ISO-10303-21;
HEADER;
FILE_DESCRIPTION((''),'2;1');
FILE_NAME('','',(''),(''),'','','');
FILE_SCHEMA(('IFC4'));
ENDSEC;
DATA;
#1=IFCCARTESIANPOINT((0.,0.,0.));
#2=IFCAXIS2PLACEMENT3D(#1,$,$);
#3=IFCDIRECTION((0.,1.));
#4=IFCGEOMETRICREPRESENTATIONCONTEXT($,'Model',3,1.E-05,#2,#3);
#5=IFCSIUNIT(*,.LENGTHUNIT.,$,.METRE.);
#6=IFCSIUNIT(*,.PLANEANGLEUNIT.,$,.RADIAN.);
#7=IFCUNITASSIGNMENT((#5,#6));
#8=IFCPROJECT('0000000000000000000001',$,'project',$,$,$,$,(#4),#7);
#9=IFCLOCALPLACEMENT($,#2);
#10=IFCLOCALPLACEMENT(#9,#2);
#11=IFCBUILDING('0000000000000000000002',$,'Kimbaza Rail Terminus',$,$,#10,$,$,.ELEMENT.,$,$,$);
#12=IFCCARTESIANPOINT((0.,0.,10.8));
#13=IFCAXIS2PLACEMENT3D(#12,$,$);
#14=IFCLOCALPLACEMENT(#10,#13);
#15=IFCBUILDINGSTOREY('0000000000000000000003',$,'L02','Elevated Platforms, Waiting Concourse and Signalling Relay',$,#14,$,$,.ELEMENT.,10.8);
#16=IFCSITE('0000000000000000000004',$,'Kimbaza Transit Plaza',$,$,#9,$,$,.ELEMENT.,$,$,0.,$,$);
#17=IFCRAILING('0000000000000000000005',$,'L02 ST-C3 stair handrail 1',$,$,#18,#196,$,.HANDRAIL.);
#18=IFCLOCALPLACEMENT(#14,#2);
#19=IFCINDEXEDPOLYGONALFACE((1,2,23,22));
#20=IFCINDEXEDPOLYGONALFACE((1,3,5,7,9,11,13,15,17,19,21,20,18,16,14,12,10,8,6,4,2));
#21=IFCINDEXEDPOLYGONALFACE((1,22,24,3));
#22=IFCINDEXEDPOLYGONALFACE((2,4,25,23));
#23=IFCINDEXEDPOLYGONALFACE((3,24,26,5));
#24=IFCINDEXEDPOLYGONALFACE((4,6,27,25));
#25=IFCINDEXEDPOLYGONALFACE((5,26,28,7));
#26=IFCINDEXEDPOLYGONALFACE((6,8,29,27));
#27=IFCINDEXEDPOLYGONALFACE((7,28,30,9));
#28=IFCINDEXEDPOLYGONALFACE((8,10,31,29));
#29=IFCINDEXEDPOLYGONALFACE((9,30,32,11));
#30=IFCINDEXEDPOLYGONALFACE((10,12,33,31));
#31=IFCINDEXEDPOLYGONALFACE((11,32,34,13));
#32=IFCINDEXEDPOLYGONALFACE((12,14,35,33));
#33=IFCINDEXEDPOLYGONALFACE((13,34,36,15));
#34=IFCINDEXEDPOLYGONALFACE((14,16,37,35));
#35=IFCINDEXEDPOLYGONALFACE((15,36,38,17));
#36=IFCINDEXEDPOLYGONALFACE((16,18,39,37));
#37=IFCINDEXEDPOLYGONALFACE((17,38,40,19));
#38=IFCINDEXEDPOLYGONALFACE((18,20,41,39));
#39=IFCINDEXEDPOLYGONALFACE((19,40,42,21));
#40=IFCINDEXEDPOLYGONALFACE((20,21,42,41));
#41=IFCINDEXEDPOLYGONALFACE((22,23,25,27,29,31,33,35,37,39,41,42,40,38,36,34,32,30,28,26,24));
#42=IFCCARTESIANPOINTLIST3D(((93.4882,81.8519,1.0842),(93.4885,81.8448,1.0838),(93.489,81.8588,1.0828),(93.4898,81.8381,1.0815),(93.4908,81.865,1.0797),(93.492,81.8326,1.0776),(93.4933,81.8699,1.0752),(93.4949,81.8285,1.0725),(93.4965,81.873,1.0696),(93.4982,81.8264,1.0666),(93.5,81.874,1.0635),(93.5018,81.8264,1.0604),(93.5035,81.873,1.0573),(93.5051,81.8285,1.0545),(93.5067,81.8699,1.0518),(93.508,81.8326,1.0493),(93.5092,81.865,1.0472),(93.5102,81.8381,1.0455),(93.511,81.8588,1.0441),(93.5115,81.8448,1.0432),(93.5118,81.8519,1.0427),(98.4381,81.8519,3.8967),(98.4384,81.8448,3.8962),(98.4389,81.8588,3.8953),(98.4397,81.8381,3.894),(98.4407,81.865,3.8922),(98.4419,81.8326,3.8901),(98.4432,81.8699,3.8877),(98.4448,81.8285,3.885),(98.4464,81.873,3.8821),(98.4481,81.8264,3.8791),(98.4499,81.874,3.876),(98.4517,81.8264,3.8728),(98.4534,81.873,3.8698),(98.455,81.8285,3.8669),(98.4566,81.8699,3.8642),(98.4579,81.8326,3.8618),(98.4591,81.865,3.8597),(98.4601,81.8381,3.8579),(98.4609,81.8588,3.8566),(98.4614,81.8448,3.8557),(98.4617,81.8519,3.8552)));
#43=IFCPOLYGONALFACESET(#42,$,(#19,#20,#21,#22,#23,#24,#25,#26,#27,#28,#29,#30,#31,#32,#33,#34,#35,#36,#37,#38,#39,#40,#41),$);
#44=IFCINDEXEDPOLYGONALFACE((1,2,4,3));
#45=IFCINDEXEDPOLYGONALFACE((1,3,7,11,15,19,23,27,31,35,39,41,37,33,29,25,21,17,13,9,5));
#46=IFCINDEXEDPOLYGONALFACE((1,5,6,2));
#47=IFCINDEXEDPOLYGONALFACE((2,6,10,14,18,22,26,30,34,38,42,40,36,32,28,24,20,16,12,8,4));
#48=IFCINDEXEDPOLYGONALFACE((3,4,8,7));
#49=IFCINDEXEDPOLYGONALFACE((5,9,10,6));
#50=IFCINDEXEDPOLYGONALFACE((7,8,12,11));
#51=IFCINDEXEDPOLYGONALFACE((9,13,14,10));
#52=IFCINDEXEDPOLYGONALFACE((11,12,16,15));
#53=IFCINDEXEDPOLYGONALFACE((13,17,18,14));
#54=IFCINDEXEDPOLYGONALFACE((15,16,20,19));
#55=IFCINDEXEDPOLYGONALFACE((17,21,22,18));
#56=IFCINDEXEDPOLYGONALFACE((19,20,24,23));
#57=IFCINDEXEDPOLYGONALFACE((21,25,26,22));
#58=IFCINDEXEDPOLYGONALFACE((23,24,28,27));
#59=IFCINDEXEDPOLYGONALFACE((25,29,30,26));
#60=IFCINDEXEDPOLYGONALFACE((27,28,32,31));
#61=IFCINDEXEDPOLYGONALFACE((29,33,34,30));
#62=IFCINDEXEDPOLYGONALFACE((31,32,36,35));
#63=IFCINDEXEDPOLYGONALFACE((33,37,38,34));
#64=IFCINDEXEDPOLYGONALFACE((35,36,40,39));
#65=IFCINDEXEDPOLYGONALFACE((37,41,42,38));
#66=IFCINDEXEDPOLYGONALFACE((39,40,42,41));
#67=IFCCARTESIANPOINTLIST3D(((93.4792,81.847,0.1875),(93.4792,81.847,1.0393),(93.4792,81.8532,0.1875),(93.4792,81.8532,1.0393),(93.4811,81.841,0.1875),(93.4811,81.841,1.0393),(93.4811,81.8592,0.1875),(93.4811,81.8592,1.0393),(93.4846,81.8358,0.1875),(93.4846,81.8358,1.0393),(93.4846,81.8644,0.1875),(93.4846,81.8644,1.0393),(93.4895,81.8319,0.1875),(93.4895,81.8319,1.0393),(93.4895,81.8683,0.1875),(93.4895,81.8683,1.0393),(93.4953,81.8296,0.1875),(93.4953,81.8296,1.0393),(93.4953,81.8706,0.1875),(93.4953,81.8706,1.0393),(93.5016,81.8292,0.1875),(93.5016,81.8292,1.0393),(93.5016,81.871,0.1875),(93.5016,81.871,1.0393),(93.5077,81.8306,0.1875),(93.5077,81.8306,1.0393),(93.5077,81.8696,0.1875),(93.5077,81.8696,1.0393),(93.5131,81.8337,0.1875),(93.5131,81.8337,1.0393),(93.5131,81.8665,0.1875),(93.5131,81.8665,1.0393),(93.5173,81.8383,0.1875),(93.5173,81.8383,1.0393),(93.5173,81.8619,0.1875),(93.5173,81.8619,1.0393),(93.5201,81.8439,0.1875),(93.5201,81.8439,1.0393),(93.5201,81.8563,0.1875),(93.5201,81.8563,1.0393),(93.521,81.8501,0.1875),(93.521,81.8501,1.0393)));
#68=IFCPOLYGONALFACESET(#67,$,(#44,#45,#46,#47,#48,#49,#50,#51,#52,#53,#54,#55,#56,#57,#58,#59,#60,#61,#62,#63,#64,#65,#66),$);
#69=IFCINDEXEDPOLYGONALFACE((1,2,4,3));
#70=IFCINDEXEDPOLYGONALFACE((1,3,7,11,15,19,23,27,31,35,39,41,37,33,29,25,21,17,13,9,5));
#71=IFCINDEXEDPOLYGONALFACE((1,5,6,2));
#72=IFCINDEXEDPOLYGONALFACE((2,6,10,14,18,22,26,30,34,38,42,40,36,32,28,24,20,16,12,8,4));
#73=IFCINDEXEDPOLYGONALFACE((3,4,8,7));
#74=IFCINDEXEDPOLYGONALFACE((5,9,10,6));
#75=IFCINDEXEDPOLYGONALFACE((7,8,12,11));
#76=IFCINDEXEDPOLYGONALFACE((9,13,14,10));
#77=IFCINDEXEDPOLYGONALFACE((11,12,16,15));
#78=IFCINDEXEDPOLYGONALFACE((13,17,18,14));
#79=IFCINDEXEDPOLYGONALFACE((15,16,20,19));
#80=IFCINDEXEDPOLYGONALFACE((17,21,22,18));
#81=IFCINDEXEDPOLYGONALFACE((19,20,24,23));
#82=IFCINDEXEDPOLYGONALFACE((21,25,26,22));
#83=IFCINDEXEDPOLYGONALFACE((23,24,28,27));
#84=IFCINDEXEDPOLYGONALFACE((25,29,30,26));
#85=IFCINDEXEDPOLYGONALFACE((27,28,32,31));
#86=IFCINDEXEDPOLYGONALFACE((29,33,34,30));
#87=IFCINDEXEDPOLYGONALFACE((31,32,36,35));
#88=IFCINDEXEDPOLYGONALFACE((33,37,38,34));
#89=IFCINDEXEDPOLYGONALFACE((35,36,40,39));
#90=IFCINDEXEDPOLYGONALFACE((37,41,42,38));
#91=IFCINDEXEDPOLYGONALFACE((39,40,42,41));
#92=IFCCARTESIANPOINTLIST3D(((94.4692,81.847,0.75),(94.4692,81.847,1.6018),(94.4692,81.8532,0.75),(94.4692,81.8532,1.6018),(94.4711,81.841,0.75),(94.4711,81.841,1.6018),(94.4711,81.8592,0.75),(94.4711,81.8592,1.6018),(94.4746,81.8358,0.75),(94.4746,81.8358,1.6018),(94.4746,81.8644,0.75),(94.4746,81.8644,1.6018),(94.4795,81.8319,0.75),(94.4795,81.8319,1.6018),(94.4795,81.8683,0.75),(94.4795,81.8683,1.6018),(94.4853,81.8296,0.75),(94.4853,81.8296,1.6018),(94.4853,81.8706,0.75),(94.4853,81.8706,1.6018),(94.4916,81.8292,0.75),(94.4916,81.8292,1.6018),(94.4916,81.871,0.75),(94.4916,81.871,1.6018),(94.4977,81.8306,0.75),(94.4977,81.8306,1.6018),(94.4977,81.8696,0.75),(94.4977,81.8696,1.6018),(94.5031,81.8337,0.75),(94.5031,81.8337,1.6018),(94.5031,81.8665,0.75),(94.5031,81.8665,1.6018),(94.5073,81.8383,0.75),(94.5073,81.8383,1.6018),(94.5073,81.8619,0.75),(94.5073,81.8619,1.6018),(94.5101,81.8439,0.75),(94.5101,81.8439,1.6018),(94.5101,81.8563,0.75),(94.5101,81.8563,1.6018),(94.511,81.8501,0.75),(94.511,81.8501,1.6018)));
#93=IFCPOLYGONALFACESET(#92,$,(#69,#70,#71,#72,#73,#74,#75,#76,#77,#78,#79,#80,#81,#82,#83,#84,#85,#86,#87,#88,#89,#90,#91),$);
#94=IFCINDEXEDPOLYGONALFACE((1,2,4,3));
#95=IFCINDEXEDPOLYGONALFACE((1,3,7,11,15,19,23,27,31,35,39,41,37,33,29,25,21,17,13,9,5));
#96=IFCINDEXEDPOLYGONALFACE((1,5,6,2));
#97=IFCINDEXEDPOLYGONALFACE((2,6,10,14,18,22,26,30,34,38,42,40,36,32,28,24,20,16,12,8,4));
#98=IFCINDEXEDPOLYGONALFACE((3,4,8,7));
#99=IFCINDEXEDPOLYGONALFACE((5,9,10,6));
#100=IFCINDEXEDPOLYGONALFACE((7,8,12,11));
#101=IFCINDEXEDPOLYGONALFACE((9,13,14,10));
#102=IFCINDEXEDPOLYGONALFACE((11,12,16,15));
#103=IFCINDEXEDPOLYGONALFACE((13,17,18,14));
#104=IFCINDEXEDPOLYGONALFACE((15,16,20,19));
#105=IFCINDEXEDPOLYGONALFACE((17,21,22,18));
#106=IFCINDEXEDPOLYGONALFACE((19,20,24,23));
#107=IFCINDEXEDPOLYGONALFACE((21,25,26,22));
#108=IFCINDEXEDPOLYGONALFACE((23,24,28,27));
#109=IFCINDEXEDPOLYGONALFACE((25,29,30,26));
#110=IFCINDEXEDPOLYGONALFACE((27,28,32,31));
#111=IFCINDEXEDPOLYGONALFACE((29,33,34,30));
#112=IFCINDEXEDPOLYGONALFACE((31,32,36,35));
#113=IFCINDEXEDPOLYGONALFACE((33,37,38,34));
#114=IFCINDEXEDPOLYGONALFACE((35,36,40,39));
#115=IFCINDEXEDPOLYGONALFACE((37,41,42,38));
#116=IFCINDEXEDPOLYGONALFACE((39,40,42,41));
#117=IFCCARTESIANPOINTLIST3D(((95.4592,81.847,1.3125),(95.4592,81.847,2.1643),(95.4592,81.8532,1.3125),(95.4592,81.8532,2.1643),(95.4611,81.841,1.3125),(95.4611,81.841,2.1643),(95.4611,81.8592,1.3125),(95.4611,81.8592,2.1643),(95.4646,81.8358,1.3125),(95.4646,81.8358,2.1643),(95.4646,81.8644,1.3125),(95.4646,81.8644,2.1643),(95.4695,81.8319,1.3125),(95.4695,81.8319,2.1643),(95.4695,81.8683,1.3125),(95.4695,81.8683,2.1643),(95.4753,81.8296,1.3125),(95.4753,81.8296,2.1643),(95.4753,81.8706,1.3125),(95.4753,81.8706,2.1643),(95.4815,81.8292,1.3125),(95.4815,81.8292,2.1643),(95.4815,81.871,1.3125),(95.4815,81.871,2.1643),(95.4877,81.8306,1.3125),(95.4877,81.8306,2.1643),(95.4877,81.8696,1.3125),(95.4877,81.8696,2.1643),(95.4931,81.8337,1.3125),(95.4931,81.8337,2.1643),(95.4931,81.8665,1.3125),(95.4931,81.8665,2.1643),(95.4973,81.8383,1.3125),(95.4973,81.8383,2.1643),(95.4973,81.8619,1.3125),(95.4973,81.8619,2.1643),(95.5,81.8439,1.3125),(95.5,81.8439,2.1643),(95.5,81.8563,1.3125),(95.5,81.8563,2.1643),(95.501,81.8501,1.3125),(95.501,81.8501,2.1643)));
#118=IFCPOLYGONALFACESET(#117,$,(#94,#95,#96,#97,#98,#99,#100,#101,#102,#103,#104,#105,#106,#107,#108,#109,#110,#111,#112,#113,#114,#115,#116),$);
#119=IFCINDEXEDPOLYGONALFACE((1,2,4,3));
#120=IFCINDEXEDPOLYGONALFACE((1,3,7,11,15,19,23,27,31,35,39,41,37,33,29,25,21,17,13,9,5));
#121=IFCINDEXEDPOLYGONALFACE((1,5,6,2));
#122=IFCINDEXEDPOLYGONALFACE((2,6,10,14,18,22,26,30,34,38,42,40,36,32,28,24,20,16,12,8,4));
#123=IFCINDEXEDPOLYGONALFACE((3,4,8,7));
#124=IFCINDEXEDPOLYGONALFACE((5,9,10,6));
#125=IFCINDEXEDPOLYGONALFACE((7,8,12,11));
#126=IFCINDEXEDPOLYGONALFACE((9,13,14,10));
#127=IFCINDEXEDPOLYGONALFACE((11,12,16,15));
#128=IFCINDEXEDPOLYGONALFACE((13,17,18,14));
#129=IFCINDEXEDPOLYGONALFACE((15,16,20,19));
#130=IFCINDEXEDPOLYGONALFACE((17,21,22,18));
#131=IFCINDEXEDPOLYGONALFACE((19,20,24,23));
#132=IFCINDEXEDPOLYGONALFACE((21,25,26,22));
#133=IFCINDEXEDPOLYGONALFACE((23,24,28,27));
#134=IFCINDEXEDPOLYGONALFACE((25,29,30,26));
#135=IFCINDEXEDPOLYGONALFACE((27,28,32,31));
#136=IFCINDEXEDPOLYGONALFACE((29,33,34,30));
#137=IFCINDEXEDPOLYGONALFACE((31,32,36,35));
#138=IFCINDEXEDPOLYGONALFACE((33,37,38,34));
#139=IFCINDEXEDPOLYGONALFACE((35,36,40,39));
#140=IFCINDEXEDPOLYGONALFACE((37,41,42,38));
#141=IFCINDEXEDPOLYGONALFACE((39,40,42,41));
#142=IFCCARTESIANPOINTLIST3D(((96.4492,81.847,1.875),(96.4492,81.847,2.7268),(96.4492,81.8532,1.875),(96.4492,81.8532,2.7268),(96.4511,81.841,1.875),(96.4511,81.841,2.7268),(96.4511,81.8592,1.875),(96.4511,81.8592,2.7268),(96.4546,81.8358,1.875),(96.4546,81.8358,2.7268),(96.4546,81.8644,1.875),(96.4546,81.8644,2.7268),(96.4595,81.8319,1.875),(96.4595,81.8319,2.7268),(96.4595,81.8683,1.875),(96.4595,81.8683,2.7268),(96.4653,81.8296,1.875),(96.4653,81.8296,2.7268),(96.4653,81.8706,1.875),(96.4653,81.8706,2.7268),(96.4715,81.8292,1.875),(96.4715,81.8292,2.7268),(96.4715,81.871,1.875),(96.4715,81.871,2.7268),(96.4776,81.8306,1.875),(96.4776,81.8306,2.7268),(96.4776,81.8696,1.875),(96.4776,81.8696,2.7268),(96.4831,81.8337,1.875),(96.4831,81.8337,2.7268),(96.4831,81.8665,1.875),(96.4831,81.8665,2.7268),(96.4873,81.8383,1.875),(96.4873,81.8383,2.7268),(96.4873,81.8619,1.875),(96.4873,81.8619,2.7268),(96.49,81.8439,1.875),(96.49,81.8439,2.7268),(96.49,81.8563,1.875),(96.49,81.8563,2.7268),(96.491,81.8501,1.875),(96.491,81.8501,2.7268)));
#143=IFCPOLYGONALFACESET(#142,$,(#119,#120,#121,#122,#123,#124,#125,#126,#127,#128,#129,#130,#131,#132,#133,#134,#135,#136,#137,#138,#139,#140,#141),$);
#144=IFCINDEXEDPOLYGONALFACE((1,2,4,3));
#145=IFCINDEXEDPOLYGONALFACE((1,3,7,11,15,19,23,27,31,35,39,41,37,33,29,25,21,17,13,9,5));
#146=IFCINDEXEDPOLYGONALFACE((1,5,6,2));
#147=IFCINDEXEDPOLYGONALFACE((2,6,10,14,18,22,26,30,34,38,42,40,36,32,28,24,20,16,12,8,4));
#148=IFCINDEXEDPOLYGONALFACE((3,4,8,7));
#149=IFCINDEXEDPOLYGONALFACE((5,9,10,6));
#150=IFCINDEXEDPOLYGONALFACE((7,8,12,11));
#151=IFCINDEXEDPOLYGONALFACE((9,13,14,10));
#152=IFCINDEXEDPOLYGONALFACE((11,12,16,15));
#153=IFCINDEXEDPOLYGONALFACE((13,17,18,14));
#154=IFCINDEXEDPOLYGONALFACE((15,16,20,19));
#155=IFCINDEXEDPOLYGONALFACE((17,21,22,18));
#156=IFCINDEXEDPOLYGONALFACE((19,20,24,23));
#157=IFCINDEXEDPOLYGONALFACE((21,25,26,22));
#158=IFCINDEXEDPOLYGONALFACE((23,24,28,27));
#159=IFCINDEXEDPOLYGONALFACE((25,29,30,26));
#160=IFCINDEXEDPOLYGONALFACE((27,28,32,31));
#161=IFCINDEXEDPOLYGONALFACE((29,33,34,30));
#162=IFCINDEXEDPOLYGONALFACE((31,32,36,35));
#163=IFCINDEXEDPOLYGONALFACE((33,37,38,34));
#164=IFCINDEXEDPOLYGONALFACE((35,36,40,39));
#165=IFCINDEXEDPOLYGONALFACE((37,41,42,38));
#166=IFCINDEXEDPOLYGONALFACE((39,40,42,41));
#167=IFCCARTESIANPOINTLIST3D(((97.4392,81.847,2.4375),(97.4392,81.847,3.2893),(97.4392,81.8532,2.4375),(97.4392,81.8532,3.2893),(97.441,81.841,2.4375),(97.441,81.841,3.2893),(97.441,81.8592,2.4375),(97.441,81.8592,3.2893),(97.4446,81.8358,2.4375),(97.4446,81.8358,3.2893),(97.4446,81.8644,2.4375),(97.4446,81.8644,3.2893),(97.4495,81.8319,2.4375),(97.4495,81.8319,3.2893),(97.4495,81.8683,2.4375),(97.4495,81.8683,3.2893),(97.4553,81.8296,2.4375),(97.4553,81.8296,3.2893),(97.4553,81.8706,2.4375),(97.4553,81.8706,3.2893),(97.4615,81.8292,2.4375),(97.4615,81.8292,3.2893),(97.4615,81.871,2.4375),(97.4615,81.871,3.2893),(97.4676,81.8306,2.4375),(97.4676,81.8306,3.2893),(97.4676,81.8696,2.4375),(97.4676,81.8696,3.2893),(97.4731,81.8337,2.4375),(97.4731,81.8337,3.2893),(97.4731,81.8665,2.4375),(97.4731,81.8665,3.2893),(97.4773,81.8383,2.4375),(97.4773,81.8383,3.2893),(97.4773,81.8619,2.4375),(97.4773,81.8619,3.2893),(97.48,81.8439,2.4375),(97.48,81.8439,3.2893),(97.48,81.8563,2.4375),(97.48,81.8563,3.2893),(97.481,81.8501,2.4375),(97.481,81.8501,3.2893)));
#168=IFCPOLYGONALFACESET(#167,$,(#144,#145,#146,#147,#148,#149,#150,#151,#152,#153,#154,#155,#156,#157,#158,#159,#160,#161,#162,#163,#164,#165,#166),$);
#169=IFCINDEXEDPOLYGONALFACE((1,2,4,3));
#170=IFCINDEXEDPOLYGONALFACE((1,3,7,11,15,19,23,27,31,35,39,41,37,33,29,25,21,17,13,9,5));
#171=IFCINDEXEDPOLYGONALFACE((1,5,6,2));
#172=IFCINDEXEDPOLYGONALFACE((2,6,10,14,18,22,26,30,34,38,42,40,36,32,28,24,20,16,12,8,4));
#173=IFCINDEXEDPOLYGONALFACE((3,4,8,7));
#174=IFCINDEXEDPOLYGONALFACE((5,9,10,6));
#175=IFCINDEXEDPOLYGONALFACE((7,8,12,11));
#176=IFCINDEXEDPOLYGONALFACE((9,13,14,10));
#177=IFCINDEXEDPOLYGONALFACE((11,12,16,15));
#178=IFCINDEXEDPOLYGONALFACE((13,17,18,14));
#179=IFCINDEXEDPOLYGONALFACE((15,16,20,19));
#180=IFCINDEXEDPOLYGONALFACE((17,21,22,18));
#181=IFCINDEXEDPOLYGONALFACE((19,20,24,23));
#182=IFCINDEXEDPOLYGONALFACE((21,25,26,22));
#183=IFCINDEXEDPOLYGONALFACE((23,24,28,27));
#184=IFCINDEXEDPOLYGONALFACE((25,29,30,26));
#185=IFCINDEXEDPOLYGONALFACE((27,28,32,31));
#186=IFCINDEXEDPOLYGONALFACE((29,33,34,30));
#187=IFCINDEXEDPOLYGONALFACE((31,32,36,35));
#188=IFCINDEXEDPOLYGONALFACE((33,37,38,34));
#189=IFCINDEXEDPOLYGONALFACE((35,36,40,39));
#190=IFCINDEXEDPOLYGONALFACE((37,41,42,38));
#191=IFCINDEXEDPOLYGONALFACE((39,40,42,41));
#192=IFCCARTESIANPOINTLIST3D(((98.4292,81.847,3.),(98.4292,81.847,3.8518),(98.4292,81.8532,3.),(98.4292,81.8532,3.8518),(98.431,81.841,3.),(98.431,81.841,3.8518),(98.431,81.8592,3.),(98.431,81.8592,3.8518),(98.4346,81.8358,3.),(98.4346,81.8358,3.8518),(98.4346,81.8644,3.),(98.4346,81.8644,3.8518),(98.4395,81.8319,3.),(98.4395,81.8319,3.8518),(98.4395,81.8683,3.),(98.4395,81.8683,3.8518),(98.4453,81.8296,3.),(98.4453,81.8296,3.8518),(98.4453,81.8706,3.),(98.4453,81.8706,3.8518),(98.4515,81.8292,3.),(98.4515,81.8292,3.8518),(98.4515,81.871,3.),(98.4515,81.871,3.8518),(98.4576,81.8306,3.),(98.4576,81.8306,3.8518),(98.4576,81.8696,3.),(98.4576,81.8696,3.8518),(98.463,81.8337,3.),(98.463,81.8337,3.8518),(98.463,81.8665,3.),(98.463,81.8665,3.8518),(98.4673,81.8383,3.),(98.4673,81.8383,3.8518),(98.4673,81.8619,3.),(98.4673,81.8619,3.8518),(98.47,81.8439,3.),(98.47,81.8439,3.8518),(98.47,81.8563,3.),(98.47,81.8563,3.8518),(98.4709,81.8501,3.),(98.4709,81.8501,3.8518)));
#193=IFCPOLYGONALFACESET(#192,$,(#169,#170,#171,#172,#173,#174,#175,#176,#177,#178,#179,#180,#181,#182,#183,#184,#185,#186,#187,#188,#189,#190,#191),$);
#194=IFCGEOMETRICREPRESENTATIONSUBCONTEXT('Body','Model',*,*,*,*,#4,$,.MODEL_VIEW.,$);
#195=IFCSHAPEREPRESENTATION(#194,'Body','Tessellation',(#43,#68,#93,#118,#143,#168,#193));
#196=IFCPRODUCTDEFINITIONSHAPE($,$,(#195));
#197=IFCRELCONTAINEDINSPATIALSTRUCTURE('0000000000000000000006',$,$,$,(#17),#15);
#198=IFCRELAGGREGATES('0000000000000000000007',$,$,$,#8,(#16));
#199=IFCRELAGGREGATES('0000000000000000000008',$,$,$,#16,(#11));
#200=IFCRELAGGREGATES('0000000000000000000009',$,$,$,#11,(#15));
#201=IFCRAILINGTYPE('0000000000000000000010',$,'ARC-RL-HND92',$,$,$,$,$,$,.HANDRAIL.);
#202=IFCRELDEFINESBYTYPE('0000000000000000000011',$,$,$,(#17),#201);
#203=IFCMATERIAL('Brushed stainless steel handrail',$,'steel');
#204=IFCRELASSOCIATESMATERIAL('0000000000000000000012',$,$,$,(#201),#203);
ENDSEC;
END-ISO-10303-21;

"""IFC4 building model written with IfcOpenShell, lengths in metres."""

from ifc_helpers import new_model, si_unit, direction, frame, origin, origin_2d, place, context, subcontext, project, spatial, circle, extrude, material, type_object, element, save


model = new_model("IFC4")

# Units and contexts
model_context = context("Model", 3, precision=1e-05, world=origin(), true_north=direction((0.0, 1.0)))
body_context = subcontext(model_context, "Body", "Model", "MODEL_VIEW")
ifc_project = project(units=[si_unit("LENGTHUNIT", "METRE"), si_unit("PLANEANGLEUNIT", "RADIAN")], contexts=[model_context])

# Site, building, storey
site_placement = place(None, origin())
site = spatial("IfcSite", under=ifc_project, at=site_placement, Name="Kimbaza Transit Plaza", CompositionType="ELEMENT", RefElevation=0.0)
building_placement = place(site_placement, origin())
building = spatial("IfcBuilding", under=site, at=building_placement, Name="Kimbaza Rail Terminus", CompositionType="ELEMENT")
storey_placement = place(building_placement, frame((0.0, 0.0, 10.8)))
storey = spatial("IfcBuildingStorey", under=building, at=storey_placement, Name="L02", Description="Elevated Platforms, Waiting Concourse and Signalling Relay", CompositionType="ELEMENT", Elevation=10.8)

# Railing
ifc_material_1 = material(Name="Brushed stainless steel handrail", Category="steel")
railing_type_1 = type_object("IfcRailingType", Name="ARC-RL-HND92", PredefinedType="HANDRAIL", material=ifc_material_1)
railing_1_placement = place(storey_placement, frame((93.5, 81.8501, 0.1875)))
element("IfcRailing", 1, at=railing_1_placement, inside=storey, type_object=railing_type_1, Name="L02 ST-C3 stair handrail 1", PredefinedType="HANDRAIL", context=body_context, shape_type="SweptSolid", body=[
    extrude(circle(Radius=0.0239, at=origin_2d()), frame((0.0, 0.0, 0.876), z_axis=(0.869454, 0.0, 0.494013), x_axis=(0.0, 1.0, 0.0)), (0.0, 0.0, 1.0), 5.6931),
    extrude(circle(Radius=0.021, at=origin_2d()), origin(), (0.0, 0.0, 1.0), 0.8518),
    extrude(circle(Radius=0.021, at=origin_2d()), frame((0.99, 0.0, 0.5625)), (0.0, 0.0, 1.0), 0.8518),
    extrude(circle(Radius=0.021, at=origin_2d()), frame((1.98, 0.0, 1.125)), (0.0, 0.0, 1.0), 0.8518),
    extrude(circle(Radius=0.021, at=origin_2d()), frame((2.97, 0.0, 1.6875)), (0.0, 0.0, 1.0), 0.8518),
    extrude(circle(Radius=0.021, at=origin_2d()), frame((3.96, 0.0, 2.25)), (0.0, 0.0, 1.0), 0.8518),
    extrude(circle(Radius=0.021, at=origin_2d()), frame((4.95, 0.0, 2.8125)), (0.0, 0.0, 1.0), 0.8518),
])

save(model, "model.ifc")
